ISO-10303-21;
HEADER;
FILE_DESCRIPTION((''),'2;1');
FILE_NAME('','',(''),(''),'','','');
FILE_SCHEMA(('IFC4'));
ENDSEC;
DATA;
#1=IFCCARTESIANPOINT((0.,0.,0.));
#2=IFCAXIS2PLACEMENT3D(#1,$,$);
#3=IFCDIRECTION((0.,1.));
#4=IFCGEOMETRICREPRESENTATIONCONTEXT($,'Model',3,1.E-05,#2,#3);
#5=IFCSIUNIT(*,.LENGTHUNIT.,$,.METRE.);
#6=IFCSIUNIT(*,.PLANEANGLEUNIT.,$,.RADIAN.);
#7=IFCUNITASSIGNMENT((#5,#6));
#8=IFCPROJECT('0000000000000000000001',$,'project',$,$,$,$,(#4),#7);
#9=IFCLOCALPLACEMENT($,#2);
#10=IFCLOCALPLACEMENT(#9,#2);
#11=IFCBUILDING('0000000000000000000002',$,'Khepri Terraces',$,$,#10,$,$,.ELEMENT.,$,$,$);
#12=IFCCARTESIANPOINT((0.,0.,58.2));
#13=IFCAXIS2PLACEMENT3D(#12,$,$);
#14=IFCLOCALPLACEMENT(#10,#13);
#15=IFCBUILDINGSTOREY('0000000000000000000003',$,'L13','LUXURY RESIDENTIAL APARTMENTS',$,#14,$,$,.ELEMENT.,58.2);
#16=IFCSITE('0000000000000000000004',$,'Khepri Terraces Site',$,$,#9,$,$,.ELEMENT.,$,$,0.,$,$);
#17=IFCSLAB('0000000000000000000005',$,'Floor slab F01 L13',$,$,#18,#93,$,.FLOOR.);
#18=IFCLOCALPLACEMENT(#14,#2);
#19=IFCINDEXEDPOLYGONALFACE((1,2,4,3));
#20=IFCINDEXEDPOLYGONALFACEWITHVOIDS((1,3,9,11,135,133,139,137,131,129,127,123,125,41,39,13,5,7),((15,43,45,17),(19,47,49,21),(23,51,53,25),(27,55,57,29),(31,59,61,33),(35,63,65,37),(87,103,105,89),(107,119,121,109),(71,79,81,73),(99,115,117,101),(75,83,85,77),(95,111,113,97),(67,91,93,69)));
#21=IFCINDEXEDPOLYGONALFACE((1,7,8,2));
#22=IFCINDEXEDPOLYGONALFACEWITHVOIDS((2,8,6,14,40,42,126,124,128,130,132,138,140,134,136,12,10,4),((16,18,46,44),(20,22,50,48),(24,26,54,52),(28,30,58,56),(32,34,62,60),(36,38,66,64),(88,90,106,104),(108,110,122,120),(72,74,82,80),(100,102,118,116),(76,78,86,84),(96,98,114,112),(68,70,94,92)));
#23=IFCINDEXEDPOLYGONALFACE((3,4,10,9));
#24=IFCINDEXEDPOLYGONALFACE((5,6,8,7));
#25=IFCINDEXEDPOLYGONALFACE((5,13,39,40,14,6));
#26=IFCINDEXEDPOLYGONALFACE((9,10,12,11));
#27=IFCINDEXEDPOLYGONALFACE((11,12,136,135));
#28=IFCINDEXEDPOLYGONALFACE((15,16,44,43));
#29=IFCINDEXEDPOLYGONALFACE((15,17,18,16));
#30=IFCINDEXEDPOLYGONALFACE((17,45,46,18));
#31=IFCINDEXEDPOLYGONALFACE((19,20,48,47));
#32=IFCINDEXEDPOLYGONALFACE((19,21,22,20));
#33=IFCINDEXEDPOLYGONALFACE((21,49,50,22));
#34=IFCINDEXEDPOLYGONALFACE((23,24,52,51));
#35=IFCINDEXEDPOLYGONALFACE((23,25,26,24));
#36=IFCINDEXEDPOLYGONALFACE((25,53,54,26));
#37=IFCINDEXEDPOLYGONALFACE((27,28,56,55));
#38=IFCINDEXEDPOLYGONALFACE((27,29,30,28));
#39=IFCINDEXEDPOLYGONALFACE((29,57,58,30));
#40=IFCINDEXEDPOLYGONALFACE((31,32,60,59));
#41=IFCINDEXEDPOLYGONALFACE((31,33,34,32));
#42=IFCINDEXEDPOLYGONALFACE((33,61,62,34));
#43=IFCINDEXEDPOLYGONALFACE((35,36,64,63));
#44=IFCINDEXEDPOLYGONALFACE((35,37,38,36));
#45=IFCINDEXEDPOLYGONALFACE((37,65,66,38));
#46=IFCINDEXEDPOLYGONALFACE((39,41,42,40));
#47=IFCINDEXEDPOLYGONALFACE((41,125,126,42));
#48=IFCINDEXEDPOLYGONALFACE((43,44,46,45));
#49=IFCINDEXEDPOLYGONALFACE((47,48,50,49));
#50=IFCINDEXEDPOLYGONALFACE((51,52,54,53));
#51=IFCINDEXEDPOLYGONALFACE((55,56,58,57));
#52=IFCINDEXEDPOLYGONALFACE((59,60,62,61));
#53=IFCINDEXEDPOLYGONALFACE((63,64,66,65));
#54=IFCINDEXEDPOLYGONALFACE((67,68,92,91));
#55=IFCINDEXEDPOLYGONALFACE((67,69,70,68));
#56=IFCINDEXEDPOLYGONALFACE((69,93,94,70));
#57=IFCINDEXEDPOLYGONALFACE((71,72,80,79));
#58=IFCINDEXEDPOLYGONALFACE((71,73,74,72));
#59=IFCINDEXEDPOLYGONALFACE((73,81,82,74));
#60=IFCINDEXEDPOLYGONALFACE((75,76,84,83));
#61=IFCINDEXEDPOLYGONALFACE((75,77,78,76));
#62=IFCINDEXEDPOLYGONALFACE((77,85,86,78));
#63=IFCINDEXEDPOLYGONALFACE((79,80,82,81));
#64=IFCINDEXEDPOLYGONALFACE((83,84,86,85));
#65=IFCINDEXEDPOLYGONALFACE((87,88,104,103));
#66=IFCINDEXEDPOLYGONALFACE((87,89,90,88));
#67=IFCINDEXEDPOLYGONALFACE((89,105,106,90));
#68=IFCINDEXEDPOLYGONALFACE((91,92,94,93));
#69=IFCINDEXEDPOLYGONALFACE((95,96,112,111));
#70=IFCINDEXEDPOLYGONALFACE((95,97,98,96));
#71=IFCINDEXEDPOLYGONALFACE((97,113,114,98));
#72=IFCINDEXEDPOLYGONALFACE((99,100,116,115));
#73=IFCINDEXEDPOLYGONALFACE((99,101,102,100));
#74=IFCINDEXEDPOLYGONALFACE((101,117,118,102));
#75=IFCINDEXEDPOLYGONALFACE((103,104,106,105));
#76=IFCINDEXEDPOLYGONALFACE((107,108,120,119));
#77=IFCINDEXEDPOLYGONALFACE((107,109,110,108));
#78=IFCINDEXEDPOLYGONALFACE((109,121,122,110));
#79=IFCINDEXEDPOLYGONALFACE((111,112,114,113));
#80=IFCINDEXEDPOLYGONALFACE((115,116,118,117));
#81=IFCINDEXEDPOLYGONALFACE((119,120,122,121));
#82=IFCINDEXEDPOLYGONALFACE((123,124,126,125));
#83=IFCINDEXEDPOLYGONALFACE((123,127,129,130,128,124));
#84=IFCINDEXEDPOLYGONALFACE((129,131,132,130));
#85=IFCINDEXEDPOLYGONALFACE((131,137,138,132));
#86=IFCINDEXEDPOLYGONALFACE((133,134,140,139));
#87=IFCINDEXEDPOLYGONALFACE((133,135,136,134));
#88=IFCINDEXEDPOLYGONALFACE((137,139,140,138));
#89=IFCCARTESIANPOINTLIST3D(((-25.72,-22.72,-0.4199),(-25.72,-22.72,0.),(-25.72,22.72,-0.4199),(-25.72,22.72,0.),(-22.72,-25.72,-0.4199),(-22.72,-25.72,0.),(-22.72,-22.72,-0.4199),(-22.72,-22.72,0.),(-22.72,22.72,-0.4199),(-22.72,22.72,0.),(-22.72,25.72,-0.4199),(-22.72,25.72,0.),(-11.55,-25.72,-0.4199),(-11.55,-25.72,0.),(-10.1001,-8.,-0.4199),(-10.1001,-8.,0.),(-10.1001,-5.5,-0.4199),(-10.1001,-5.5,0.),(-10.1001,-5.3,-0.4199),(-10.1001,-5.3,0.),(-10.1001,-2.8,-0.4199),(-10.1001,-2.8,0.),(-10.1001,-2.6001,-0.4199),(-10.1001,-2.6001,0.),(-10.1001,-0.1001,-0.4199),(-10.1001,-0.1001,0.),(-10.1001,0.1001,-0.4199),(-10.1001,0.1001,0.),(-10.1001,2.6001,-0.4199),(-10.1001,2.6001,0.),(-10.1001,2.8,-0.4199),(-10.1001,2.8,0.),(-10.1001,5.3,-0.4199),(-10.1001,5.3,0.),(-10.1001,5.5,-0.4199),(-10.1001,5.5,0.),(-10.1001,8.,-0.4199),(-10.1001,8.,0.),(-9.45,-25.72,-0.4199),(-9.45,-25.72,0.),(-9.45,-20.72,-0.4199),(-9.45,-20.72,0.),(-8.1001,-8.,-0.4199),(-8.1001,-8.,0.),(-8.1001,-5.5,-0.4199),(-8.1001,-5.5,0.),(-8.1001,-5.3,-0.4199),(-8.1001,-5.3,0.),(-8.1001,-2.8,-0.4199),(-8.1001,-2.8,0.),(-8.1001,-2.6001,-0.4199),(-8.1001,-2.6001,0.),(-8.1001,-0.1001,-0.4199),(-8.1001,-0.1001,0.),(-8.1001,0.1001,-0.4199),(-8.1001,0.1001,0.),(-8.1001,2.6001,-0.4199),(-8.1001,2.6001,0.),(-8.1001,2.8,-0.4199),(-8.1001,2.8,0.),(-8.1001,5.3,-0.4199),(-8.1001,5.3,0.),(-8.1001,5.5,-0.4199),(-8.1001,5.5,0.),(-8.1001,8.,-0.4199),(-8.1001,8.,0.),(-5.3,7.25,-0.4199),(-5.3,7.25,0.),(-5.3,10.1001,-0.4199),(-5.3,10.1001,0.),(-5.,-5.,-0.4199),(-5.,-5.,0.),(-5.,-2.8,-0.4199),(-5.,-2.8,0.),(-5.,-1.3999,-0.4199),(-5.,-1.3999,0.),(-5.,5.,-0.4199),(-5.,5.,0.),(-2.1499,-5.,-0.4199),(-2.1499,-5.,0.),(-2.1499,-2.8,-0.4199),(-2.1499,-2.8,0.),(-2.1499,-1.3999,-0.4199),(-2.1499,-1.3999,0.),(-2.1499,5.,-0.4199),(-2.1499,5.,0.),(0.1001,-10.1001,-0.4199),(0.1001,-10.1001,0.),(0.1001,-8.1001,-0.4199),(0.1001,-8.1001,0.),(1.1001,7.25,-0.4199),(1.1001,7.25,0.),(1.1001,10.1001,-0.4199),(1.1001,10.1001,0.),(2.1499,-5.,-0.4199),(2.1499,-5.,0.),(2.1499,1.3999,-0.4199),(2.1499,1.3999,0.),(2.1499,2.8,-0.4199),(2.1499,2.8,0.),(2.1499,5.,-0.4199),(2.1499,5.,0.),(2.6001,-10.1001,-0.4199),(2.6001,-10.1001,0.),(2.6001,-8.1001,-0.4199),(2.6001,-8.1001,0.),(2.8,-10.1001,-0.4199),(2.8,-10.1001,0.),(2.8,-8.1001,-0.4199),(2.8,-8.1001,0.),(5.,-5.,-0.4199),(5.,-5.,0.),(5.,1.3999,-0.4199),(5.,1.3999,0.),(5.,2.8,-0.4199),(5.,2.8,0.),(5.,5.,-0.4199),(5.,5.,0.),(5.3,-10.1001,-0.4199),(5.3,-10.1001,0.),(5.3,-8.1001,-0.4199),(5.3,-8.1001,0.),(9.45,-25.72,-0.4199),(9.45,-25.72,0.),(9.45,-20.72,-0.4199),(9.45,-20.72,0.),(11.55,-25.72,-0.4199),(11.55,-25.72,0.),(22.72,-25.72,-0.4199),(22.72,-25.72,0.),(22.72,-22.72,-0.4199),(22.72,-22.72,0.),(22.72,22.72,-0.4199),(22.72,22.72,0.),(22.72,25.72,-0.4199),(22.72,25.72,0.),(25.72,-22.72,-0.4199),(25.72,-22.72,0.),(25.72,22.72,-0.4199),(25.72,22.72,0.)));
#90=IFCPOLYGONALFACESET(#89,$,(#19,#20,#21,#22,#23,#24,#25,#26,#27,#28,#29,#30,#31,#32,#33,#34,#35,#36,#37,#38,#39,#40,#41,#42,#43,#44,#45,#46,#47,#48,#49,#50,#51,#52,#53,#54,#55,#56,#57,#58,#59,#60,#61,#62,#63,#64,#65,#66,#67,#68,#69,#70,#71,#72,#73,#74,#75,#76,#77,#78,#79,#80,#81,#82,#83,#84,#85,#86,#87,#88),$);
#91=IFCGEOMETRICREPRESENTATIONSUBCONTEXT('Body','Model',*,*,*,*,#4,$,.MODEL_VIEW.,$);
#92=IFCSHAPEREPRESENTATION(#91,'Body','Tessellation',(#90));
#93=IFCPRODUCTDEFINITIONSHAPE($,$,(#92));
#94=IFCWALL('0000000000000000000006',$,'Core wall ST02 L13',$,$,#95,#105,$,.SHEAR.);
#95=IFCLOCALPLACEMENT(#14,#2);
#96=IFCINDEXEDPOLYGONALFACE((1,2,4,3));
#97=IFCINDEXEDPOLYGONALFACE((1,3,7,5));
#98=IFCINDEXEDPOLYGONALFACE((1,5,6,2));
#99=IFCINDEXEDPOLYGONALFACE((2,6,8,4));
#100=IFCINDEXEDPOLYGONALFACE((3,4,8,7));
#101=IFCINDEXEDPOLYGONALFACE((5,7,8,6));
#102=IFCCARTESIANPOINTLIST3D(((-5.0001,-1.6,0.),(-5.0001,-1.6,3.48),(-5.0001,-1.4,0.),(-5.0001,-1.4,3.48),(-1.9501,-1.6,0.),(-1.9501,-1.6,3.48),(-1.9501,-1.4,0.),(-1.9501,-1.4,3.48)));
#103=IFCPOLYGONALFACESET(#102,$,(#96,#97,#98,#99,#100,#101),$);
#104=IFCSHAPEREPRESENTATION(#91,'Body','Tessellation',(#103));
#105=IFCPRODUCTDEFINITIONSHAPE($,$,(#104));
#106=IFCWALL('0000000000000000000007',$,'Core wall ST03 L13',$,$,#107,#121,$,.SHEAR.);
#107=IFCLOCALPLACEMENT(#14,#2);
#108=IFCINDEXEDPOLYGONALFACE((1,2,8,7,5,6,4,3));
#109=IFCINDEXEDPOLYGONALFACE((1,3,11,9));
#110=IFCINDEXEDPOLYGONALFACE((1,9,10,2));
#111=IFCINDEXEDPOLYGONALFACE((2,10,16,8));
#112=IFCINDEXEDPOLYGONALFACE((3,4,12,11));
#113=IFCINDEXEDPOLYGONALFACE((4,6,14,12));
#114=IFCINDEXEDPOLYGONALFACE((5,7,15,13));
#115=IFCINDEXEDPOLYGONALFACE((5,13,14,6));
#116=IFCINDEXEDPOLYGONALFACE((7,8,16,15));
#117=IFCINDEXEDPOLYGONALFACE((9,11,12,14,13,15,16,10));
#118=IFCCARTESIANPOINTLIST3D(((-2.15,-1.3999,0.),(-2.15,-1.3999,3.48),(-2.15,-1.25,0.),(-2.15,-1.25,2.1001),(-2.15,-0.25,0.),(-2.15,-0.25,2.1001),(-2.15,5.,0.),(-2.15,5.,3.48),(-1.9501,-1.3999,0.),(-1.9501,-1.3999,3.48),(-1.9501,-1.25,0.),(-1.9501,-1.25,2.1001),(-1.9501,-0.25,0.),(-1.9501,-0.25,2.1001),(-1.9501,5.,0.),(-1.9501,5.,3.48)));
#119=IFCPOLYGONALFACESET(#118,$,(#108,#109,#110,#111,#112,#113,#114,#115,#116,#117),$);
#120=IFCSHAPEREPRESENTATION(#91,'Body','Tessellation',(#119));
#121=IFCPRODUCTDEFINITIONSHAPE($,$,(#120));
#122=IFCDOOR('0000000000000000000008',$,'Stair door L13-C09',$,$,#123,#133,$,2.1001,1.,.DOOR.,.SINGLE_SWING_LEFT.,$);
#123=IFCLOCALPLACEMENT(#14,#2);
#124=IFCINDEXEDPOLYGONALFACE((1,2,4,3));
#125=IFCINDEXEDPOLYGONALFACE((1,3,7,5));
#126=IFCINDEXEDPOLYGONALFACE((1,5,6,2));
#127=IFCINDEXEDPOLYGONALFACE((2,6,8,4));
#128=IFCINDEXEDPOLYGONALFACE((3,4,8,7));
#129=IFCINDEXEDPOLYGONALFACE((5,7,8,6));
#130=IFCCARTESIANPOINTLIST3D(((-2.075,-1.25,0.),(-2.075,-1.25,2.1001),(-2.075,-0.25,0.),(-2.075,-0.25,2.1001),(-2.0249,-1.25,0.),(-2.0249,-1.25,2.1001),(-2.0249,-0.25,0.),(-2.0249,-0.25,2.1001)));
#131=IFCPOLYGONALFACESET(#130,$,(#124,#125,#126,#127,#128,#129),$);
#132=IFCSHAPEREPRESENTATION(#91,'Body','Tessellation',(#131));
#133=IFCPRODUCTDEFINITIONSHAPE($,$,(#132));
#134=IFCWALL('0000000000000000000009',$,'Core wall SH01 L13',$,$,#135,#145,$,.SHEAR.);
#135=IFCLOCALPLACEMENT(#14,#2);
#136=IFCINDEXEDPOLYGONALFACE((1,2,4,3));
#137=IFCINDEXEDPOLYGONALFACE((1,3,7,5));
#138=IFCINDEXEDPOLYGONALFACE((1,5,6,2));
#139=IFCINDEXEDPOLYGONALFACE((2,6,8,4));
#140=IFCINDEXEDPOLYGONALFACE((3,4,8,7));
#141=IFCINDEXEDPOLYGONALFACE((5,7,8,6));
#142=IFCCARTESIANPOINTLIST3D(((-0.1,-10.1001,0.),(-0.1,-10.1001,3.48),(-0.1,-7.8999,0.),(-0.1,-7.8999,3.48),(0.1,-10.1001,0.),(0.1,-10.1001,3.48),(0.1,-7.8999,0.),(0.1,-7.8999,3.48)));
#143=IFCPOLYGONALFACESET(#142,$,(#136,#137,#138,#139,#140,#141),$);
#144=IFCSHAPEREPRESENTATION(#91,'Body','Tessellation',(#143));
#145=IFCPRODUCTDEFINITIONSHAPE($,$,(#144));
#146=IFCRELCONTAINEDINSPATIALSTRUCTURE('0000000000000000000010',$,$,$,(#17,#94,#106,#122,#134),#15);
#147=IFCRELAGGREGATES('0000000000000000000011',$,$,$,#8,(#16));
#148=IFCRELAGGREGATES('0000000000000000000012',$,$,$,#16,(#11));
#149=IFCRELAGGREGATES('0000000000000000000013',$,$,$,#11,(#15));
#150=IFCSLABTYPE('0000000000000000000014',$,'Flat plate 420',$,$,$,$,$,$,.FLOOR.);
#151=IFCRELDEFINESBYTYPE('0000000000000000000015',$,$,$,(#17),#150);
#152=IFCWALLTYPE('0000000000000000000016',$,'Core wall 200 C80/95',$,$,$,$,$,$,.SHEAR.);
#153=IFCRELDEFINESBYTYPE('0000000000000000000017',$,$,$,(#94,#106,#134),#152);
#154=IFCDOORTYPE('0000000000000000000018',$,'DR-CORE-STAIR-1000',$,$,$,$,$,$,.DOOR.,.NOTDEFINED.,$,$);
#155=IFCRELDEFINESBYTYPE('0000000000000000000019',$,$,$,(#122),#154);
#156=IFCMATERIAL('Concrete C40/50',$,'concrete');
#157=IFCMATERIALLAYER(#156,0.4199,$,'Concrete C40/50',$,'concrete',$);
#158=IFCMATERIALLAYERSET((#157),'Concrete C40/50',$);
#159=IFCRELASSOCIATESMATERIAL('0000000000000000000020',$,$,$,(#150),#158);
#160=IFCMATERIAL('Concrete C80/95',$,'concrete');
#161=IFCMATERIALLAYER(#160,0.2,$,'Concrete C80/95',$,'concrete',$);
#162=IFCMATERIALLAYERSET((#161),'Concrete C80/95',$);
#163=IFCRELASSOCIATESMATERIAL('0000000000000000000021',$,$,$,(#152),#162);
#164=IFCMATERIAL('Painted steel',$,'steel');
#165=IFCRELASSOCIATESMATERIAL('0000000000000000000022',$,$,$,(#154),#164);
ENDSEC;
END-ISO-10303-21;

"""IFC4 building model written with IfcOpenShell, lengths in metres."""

from ifc_helpers import new_model, si_unit, direction, frame, frame_2d, origin, place, context, subcontext, project, spatial, polyline, rectangle, outline, extrude, material, layer, layer_set, type_object, element, fill, save


model = new_model("IFC4")

# Units and contexts
model_context = context("Model", 3, precision=1e-05, world=origin(), true_north=direction((0.0, 1.0)))
body_context = subcontext(model_context, "Body", "Model", "MODEL_VIEW")
ifc_project = project(units=[si_unit("LENGTHUNIT", "METRE"), si_unit("PLANEANGLEUNIT", "RADIAN")], contexts=[model_context])

# Site, building, storey
site_placement = place(None, origin())
site = spatial("IfcSite", under=ifc_project, at=site_placement, Name="Khepri Terraces Site", CompositionType="ELEMENT", RefElevation=0.0)
building_placement = place(site_placement, origin())
building = spatial("IfcBuilding", under=site, at=building_placement, Name="Khepri Terraces", CompositionType="ELEMENT")
storey_placement = place(building_placement, frame((0.0, 0.0, 58.2)))
storey = spatial("IfcBuildingStorey", under=building, at=storey_placement, Name="L13", Description="LUXURY RESIDENTIAL APARTMENTS", CompositionType="ELEMENT", Elevation=58.2)

# Slab
ifc_material_1 = material(Name="Concrete C40/50", Category="concrete")
ifc_layer_1 = layer(ifc_material_1, 0.4199, Name="Concrete C40/50", Category="concrete")
ifc_layer_set_1 = layer_set([ifc_layer_1], Name="Concrete C40/50")
slab_type = type_object("IfcSlabType", Name="Flat plate 420", PredefinedType="FLOOR", material=ifc_layer_set_1)
slab_placement = place(storey_placement, frame((0.0, 0.0, -0.4199)))
element("IfcSlab", 1, at=slab_placement, inside=storey, type_object=slab_type, Name="Floor slab F01 L13", PredefinedType="FLOOR", context=body_context, shape_type="SweptSolid", body=[
    extrude(outline(polyline([(22.72, -25.72), (11.55, -25.72), (9.45, -25.72), (9.45, -20.72), (-9.45, -20.72), (-9.45, -25.72), (-11.55, -25.72), (-22.72, -25.72), (-22.72, -22.72), (-25.72, -22.72), (-25.72, 22.72), (-22.72, 22.72), (-22.72, 25.72), (22.72, 25.72), (22.72, 22.72), (25.72, 22.72), (25.72, -22.72), (22.72, -22.72), (22.72, -25.72)]), holes=[polyline([(5.0, 5.0), (2.1499, 5.0), (2.1499, 2.8), (5.0, 2.8), (5.0, 5.0)]), polyline([(-2.1499, -5.0), (-2.1499, -2.8), (-5.0, -2.8), (-5.0, -5.0), (-2.1499, -5.0)]), polyline([(-10.1001, -8.0), (-8.1001, -8.0), (-8.1001, -5.5), (-10.1001, -5.5), (-10.1001, -8.0)]), polyline([(-10.1001, -2.8), (-10.1001, -5.3), (-8.1001, -5.3), (-8.1001, -2.8), (-10.1001, -2.8)]), polyline([(-8.1001, -0.1001), (-10.1001, -0.1001), (-10.1001, -2.6001), (-8.1001, -2.6001), (-8.1001, -0.1001)]), polyline([(-8.1001, 0.1001), (-8.1001, 2.6001), (-10.1001, 2.6001), (-10.1001, 0.1001), (-8.1001, 0.1001)]), polyline([(-10.1001, 2.8), (-8.1001, 2.8), (-8.1001, 5.3), (-10.1001, 5.3), (-10.1001, 2.8)]), polyline([(-10.1001, 8.0), (-10.1001, 5.5), (-8.1001, 5.5), (-8.1001, 8.0), (-10.1001, 8.0)]), polyline([(2.6001, -8.1001), (0.1001, -8.1001), (0.1001, -10.1001), (2.6001, -10.1001), (2.6001, -8.1001)]), polyline([(5.3, -10.1001), (5.3, -8.1001), (2.8, -8.1001), (2.8, -10.1001), (5.3, -10.1001)]), polyline([(-5.0, -1.3999), (-2.1499, -1.3999), (-2.1499, 5.0), (-5.0, 5.0), (-5.0, -1.3999)]), polyline([(5.0, -5.0), (5.0, 1.3999), (2.1499, 1.3999), (2.1499, -5.0), (5.0, -5.0)]), polyline([(-5.3, 10.1001), (-5.3, 7.25), (1.1001, 7.25), (1.1001, 10.1001), (-5.3, 10.1001)])]), origin(), (0.0, 0.0, 1.0), 0.4199),
])

# Wall
ifc_material_2 = material(Name="Concrete C80/95", Category="concrete")
ifc_layer_2 = layer(ifc_material_2, 0.2, Name="Concrete C80/95", Category="concrete")
ifc_layer_set_2 = layer_set([ifc_layer_2], Name="Concrete C80/95")
wall_type_1 = type_object("IfcWallType", Name="Core wall 200 C80/95", PredefinedType="SHEAR", material=ifc_layer_set_2)
wall_1_placement = place(storey_placement, frame((-5.0, -1.5, 0.0), z_axis=(0.0, 0.0, 1.0), x_axis=(1.0, 0.0, 0.0)))
element("IfcWall", 2, at=wall_1_placement, inside=storey, type_object=wall_type_1, Name="Core wall ST02 L13", PredefinedType="SHEAR", context=body_context, shape_type="SweptSolid", body=[
    extrude(rectangle(XDim=3.05, YDim=0.2, at=frame_2d((1.5249, 0.0))), origin(), (0.0, 0.0, 1.0), 3.48),
])

# Wall, opening, door
wall_2_placement = place(storey_placement, frame((-2.05, -1.3999, 0.0), z_axis=(0.0, 0.0, 1.0), x_axis=(0.0, 1.0, 0.0)))
wall_2 = element("IfcWall", 3, at=wall_2_placement, inside=storey, type_object=wall_type_1, Name="Core wall ST03 L13", PredefinedType="SHEAR", context=body_context, shape_type="SweptSolid", body=[
    extrude(rectangle(XDim=6.3999, YDim=0.2, at=frame_2d((3.2, 0.0))), origin(), (0.0, 0.0, 1.0), 3.48),
])
opening_1_placement = place(wall_2_placement, frame((0.1499, 0.0, 0.0)))
opening_1 = element("IfcOpeningElement", 4, at=opening_1_placement, cuts=wall_2, PredefinedType="OPENING", context=body_context, shape_type="SweptSolid", body=[
    extrude(rectangle(XDim=1.0, YDim=2.1001, at=frame_2d((0.5, 1.05))), frame((0.0, 0.1099, 0.0), z_axis=(0.0, -1.0, 0.0), x_axis=(1.0, 0.0, 0.0)), (0.0, 0.0, 1.0), 0.22),
])
ifc_material_3 = material(Name="Painted steel", Category="steel")
door_type_1 = type_object("IfcDoorType", Name="DR-CORE-STAIR-1000", OperationType="NOTDEFINED", PredefinedType="DOOR", material=ifc_material_3)
door_1_placement = place(opening_1_placement, origin())
door_1 = element("IfcDoor", 5, at=door_1_placement, inside=storey, type_object=door_type_1, Name="Stair door L13-C09", OperationType="SINGLE_SWING_LEFT", OverallHeight=2.1001, OverallWidth=1.0, PredefinedType="DOOR", context=body_context, shape_type="SweptSolid", body=[
    extrude(rectangle(XDim=1.0, YDim=2.1001, at=frame_2d((0.5, 1.05))), frame((0.0, 0.0249, 0.0), z_axis=(0.0, -1.0, 0.0), x_axis=(1.0, 0.0, 0.0)), (0.0, 0.0, 1.0), 0.05),
])
fill(opening_1, door_1)

# Wall
wall_3_placement = place(storey_placement, frame((0.0, -10.1001, 0.0), z_axis=(0.0, 0.0, 1.0), x_axis=(0.0, 1.0, 0.0)))
element("IfcWall", 6, at=wall_3_placement, inside=storey, type_object=wall_type_1, Name="Core wall SH01 L13", PredefinedType="SHEAR", context=body_context, shape_type="SweptSolid", body=[
    extrude(rectangle(XDim=2.2002, YDim=0.2, at=frame_2d((1.1001, 0.0))), origin(), (0.0, 0.0, 1.0), 3.48),
])

save(model, "model.ifc")
